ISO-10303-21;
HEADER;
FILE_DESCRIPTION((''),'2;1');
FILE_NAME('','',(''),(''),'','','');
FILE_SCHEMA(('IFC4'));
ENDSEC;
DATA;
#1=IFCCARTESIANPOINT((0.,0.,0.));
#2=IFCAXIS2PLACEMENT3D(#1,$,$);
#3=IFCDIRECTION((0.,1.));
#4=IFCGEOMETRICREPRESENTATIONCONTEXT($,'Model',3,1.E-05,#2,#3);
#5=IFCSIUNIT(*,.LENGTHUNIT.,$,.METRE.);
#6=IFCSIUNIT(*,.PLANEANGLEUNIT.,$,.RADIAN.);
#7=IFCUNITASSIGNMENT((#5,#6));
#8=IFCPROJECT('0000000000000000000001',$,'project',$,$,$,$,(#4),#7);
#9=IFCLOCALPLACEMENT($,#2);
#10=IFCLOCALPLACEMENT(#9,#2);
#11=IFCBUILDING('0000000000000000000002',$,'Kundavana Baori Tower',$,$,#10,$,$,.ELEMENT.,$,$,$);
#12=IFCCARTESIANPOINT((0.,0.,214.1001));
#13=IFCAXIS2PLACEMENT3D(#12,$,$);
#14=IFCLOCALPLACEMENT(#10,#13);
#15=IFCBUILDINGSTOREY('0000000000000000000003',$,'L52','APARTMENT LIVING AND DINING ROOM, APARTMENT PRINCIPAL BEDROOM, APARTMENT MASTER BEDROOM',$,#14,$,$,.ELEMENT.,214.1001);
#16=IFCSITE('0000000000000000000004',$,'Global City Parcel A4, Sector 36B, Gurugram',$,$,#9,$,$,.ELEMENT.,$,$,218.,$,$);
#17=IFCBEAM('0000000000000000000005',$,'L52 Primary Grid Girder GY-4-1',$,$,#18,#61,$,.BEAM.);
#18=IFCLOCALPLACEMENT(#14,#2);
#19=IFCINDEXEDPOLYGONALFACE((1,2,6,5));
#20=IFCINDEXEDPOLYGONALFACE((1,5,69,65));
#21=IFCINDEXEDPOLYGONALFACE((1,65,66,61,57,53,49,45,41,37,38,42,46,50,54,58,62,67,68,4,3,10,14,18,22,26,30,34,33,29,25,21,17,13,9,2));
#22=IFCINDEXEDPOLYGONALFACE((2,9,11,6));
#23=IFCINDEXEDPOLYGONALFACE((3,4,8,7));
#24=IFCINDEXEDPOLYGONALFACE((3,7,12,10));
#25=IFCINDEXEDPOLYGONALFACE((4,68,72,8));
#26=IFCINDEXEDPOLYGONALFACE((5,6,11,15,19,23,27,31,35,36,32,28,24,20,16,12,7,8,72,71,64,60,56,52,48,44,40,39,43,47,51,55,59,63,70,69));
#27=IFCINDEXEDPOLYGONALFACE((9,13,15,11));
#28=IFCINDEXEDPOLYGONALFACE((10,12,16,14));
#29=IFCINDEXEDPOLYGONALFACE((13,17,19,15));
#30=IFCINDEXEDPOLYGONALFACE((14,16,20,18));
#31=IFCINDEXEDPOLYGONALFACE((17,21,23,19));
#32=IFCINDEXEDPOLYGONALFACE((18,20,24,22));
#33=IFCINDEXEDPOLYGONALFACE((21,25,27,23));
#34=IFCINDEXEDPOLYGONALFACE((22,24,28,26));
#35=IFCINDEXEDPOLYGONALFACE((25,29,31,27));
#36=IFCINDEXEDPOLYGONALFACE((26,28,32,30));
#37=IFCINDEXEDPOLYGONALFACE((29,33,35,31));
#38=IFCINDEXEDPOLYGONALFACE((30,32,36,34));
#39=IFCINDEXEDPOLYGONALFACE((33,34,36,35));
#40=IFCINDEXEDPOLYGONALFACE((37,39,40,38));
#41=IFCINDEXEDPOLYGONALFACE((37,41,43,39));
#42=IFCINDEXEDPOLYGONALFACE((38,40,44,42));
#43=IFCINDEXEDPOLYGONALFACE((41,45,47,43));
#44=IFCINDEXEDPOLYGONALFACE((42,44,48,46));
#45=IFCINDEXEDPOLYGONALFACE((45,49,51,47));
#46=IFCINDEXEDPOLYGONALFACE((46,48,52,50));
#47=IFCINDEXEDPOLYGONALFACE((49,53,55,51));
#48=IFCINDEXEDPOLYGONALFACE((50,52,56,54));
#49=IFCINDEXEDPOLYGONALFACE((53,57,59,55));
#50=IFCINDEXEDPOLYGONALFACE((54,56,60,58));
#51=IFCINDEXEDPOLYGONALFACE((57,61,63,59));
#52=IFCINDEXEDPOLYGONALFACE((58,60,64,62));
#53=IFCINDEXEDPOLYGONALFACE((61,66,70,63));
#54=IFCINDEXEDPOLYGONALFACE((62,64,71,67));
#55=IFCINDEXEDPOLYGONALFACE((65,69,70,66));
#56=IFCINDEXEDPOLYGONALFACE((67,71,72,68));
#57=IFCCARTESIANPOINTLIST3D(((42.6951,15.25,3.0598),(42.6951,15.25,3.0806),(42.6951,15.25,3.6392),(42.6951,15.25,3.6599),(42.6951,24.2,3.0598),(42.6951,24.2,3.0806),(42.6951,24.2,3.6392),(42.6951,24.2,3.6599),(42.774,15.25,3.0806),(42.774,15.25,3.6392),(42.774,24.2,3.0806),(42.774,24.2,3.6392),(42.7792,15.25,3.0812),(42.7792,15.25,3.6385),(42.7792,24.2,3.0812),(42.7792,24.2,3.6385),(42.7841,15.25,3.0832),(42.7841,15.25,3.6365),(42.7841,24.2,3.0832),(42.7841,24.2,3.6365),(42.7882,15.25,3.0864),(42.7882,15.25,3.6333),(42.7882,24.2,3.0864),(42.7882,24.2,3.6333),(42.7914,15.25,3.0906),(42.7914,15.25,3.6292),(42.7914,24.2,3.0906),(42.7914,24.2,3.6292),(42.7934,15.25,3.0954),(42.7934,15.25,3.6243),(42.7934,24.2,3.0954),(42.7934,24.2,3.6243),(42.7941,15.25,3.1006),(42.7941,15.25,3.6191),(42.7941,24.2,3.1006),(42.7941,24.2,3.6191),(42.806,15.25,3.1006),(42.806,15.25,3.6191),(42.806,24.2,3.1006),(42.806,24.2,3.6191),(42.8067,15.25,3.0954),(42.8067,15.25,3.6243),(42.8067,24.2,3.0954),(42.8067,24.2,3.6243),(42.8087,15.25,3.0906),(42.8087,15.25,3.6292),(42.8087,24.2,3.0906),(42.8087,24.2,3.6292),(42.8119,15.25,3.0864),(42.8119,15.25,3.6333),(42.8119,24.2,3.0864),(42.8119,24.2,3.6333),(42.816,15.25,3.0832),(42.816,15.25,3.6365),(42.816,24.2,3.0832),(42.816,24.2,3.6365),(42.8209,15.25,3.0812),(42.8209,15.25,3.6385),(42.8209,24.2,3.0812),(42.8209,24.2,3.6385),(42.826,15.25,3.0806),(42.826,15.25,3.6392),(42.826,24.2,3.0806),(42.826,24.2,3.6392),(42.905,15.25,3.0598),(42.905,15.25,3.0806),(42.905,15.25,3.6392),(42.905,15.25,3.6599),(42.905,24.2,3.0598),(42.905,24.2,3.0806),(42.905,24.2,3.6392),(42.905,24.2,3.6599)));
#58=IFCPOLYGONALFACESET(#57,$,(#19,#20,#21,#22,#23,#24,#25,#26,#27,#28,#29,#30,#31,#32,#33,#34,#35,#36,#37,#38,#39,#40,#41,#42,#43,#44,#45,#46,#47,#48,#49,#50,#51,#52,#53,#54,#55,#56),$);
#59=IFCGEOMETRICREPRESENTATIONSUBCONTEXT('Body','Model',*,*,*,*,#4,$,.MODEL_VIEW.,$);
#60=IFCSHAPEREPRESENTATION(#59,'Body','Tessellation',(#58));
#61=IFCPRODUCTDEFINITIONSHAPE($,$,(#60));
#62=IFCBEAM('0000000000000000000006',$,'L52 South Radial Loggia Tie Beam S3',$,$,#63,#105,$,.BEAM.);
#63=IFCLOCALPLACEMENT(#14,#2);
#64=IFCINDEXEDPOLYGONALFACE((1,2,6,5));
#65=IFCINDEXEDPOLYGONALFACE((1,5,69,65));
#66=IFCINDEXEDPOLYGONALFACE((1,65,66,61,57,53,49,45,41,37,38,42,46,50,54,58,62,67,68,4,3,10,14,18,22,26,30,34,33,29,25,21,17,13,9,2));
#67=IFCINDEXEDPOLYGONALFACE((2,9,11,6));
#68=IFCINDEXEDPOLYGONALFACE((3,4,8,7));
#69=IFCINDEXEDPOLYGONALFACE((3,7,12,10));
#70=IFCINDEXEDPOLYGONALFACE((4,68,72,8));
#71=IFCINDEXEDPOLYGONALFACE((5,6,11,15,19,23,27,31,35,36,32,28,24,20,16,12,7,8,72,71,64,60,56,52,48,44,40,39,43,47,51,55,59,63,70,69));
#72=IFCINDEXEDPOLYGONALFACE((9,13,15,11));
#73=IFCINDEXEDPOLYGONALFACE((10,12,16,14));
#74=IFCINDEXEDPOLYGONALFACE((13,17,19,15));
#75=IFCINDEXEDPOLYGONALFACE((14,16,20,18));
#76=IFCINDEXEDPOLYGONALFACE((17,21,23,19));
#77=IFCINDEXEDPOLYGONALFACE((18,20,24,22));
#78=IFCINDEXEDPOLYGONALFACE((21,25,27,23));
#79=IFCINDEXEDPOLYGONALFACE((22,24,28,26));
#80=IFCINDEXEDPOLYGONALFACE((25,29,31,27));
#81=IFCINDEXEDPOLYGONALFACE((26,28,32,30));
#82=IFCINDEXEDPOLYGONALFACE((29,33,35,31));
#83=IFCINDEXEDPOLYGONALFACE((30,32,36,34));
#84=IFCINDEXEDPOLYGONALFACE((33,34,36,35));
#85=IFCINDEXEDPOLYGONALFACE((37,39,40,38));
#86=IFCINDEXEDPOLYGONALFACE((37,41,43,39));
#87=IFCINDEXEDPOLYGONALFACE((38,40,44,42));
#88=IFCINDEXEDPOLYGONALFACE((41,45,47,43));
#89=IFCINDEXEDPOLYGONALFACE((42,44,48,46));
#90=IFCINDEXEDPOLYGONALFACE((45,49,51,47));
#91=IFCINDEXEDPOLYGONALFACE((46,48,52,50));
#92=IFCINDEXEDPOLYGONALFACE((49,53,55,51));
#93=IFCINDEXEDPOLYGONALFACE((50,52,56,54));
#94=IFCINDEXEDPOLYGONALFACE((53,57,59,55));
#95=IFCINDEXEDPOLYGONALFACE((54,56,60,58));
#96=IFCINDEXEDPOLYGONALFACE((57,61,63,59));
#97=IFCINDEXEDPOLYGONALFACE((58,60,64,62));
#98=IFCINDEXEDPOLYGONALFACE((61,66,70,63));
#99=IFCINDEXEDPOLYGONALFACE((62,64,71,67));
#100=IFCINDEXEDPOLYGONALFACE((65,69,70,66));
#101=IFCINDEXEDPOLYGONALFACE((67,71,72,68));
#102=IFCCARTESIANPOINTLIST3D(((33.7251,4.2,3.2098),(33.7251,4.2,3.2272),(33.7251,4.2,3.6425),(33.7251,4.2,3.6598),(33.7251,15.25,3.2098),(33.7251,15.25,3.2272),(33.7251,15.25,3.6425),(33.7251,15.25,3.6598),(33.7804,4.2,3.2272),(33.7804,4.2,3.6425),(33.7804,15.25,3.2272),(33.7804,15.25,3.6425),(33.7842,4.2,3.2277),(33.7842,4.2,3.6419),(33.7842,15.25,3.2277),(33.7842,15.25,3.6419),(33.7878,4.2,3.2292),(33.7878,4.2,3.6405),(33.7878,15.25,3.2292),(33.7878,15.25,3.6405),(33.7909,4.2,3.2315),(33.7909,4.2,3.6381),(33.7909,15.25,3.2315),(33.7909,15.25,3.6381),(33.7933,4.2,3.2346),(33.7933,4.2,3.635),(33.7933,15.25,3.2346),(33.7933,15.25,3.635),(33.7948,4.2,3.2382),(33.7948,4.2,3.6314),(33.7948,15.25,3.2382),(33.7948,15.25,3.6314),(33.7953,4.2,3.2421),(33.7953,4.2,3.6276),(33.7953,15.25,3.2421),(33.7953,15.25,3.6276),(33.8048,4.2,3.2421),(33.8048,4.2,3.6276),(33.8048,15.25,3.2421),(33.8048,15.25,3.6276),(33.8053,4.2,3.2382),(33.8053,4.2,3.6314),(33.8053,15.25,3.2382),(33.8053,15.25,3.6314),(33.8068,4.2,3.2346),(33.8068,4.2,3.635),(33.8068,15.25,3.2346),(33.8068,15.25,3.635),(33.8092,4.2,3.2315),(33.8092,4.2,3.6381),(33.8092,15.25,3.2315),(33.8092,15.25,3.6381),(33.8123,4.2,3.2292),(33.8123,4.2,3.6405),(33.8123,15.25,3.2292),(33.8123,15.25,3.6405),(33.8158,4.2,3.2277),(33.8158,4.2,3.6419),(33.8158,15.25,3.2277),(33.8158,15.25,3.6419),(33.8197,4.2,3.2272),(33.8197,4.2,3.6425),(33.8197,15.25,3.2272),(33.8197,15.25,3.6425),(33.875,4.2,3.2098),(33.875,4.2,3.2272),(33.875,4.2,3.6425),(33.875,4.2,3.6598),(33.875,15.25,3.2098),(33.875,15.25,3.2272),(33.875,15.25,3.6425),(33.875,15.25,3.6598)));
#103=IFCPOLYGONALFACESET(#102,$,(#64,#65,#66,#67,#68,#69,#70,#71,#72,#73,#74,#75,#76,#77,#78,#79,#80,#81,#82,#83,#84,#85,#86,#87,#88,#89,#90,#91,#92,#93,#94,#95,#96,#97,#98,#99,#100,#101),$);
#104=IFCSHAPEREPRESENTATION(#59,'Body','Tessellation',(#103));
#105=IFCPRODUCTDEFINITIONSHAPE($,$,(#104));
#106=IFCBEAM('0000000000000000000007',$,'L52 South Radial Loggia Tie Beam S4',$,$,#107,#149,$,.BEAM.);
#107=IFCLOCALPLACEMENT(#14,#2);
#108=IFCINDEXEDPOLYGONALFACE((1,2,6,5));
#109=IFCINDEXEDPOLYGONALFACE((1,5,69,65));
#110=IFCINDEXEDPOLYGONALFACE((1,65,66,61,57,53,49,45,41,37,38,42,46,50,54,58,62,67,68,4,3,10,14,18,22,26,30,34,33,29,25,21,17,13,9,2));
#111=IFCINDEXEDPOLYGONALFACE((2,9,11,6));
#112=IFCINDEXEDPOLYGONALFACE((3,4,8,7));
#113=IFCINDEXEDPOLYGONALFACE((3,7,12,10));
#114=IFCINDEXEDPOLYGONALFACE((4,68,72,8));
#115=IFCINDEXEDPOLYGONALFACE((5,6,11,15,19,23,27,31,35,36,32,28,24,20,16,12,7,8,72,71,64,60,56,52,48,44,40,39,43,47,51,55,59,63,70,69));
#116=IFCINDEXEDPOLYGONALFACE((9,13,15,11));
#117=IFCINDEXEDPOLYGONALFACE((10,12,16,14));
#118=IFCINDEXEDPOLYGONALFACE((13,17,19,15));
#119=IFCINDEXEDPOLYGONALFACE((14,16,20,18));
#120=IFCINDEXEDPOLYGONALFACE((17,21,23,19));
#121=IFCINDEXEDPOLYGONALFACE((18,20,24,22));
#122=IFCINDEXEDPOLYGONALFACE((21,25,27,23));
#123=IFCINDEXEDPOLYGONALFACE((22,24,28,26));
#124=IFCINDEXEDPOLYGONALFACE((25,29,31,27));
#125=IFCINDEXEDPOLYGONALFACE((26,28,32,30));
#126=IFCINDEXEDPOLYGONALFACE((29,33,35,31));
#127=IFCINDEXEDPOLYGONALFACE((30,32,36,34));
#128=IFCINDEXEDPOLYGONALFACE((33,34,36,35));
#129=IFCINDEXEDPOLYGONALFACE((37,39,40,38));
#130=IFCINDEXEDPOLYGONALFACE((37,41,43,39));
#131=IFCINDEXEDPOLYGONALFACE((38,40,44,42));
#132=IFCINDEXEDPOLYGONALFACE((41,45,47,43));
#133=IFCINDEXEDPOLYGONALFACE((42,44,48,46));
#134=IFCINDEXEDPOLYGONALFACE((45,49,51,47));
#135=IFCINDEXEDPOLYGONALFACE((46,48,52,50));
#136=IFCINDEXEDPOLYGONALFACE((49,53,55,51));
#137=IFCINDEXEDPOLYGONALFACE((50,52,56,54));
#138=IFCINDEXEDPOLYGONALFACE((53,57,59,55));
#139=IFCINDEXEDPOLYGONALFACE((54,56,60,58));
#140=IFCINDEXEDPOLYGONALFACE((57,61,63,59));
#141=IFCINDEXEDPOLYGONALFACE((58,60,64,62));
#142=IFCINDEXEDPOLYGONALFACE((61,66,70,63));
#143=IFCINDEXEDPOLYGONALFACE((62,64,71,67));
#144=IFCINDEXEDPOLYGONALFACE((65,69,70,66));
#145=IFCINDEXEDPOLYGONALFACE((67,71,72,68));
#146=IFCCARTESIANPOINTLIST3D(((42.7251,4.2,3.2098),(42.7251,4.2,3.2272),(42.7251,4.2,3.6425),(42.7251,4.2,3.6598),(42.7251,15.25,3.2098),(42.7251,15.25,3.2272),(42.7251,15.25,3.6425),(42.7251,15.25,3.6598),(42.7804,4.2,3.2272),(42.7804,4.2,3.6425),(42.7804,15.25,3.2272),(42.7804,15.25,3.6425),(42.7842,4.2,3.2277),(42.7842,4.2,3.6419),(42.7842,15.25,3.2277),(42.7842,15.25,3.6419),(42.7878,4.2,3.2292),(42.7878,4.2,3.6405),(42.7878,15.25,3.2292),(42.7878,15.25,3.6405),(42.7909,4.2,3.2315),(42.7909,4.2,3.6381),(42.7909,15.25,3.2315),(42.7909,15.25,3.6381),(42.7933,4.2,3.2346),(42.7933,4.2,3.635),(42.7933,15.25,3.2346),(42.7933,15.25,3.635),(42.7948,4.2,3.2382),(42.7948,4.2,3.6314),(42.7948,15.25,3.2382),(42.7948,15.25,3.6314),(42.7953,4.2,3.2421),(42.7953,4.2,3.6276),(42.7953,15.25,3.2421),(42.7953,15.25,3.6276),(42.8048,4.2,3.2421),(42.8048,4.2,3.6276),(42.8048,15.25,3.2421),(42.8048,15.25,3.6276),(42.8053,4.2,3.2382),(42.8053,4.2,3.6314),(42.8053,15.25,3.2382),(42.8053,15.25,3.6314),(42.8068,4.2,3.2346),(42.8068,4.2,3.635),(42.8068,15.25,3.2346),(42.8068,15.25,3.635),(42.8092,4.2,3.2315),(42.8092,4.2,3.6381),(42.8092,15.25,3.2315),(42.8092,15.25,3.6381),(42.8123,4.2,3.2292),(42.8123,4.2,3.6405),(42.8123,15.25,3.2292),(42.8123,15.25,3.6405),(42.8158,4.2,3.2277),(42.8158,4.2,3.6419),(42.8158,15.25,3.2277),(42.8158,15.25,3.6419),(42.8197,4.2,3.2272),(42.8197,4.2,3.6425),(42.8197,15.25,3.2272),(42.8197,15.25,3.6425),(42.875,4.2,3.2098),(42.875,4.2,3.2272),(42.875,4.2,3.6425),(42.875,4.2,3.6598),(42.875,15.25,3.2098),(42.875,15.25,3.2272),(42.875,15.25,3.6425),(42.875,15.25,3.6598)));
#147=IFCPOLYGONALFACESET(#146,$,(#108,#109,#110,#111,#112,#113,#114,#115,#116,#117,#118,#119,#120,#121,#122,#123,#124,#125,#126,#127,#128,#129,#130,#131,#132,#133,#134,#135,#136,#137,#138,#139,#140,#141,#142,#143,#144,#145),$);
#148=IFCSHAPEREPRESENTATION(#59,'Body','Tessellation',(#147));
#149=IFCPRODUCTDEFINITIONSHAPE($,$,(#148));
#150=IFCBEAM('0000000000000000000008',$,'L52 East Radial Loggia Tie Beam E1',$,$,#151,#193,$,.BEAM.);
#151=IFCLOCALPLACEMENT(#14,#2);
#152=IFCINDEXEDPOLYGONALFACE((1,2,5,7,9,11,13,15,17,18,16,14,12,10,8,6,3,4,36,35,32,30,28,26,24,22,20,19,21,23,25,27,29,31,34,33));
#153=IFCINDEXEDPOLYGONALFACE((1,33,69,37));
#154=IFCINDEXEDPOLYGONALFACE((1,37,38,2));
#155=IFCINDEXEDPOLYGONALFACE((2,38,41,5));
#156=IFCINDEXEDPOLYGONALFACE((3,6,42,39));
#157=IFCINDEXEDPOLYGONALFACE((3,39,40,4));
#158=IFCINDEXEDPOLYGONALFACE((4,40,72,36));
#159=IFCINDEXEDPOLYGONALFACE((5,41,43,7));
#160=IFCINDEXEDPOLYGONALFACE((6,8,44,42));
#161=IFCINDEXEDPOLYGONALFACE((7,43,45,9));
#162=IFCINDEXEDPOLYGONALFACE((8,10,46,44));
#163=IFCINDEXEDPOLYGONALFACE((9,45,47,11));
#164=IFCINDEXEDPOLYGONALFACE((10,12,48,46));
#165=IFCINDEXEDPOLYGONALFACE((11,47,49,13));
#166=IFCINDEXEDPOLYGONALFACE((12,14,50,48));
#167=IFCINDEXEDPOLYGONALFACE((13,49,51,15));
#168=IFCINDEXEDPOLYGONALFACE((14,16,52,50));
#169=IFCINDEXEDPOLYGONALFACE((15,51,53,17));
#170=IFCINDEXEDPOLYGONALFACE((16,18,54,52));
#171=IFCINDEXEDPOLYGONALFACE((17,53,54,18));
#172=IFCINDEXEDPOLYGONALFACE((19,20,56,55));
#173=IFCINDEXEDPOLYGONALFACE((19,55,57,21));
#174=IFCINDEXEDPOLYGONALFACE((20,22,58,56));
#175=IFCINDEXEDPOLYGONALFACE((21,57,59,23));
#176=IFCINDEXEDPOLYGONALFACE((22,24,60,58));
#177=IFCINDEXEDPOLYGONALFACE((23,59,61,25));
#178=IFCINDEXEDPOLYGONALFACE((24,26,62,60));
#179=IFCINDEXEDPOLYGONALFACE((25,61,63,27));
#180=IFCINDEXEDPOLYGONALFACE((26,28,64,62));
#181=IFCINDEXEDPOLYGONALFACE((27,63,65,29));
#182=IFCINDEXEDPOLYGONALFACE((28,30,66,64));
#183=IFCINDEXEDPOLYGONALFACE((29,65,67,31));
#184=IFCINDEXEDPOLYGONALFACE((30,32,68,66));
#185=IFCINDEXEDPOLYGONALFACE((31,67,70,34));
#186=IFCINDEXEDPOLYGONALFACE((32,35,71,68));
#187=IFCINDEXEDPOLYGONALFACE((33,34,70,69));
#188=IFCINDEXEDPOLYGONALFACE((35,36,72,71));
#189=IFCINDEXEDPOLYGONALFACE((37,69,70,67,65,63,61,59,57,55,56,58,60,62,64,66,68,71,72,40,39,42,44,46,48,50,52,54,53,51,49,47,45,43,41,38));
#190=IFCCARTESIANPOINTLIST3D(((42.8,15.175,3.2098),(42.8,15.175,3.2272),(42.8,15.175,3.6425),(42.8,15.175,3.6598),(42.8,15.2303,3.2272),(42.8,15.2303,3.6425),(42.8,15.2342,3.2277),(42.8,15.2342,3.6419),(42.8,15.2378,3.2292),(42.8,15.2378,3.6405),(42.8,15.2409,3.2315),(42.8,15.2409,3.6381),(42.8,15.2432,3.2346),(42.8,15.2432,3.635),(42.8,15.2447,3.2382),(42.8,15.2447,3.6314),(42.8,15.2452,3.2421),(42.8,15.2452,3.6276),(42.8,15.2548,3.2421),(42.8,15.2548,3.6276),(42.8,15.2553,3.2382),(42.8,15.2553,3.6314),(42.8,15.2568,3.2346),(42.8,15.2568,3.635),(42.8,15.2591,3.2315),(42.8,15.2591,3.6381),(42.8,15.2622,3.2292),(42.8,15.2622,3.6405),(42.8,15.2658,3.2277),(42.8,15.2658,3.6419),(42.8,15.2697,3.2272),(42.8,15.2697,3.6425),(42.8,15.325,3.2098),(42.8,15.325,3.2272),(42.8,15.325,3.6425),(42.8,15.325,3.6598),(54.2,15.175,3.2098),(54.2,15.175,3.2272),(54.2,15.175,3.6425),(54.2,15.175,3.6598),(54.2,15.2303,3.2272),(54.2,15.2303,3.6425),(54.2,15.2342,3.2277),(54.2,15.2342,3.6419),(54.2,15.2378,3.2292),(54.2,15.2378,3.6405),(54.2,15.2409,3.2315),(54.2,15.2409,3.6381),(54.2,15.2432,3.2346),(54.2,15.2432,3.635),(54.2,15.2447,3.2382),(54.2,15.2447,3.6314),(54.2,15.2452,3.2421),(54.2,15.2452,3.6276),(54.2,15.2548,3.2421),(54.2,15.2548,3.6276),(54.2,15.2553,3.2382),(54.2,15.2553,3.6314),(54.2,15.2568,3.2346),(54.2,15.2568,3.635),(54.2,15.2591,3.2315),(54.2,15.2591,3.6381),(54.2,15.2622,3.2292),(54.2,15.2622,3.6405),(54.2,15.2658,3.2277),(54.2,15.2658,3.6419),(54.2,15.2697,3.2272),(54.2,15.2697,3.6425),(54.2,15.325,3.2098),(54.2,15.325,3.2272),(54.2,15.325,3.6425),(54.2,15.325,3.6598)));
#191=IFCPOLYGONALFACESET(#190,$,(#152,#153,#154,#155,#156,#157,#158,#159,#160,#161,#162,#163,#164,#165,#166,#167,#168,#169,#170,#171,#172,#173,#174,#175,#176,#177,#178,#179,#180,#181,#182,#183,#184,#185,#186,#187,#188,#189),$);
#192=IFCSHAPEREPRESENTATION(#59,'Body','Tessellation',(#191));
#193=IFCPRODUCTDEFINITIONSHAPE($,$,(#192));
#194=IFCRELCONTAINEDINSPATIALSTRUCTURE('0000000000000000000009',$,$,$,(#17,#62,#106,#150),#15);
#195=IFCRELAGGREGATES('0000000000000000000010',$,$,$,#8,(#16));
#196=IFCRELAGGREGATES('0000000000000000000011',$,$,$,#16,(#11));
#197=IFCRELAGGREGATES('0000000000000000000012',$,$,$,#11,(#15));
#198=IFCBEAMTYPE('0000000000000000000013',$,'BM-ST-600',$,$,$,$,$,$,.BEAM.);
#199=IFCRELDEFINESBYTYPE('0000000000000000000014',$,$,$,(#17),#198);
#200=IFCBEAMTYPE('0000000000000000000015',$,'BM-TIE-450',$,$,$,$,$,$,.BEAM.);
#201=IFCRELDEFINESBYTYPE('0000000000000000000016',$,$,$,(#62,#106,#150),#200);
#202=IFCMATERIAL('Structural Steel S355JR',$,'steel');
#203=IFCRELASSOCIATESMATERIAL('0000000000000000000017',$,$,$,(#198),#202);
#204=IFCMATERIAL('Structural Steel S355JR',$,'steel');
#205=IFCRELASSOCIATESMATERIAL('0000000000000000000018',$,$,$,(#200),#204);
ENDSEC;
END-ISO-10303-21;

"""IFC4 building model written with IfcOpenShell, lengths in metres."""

from ifc_helpers import new_model, si_unit, direction, frame, origin, origin_2d, place, context, subcontext, project, spatial, i_section, extrude, material, material_profile, profile_set, type_object, element, save


model = new_model("IFC4")

# Units and contexts
model_context = context("Model", 3, precision=1e-05, world=origin(), true_north=direction((0.0, 1.0)))
body_context = subcontext(model_context, "Body", "Model", "MODEL_VIEW")
ifc_project = project(units=[si_unit("LENGTHUNIT", "METRE"), si_unit("PLANEANGLEUNIT", "RADIAN")], contexts=[model_context])

# Site, building, storey
site_placement = place(None, origin())
site = spatial("IfcSite", under=ifc_project, at=site_placement, Name="Global City Parcel A4, Sector 36B, Gurugram", CompositionType="ELEMENT", RefElevation=218.0)
building_placement = place(site_placement, origin())
building = spatial("IfcBuilding", under=site, at=building_placement, Name="Kundavana Baori Tower", CompositionType="ELEMENT")
storey_placement = place(building_placement, frame((0.0, 0.0, 214.1001)))
storey = spatial("IfcBuildingStorey", under=building, at=storey_placement, Name="L52", Description="APARTMENT LIVING AND DINING ROOM, APARTMENT PRINCIPAL BEDROOM, APARTMENT MASTER BEDROOM", CompositionType="ELEMENT", Elevation=214.1001)

# Beams
ifc_material_1 = material(Name="Structural Steel S355JR", Category="steel")
ifc_material_profile_1 = material_profile(ifc_material_1, i_section(OverallWidth=0.21, OverallDepth=0.6001, WebThickness=0.012, FlangeThickness=0.0208, FilletRadius=0.02, at=origin_2d()), Name="ISMB 600")
ifc_profile_set_1 = profile_set([ifc_material_profile_1], Name="Structural Steel S355JR")
beam_type_1 = type_object("IfcBeamType", Name="BM-ST-600", PredefinedType="BEAM", material=ifc_profile_set_1)
for number, where, z_axis, x_axis, name in (
    (1, (42.8, 15.25, 3.3599), (0.0, 1.0, 0.0), (-1.0, 0.0, 0.0), "L52 Primary Grid Girder GY-4-1"),
):
    element("IfcBeam", number, at=place(storey_placement, frame(where, z_axis=z_axis, x_axis=x_axis)), inside=storey, type_object=beam_type_1, Name=name, PredefinedType="BEAM", context=body_context, shape_type="SweptSolid", body=[
        extrude(i_section(OverallWidth=0.21, OverallDepth=0.6001, WebThickness=0.012, FlangeThickness=0.0208, FilletRadius=0.02, at=origin_2d()), origin(), (0.0, 0.0, 1.0), 8.95),
    ])
ifc_material_2 = material(Name="Structural Steel S355JR", Category="steel")
ifc_material_profile_2 = material_profile(ifc_material_2, i_section(OverallWidth=0.1499, OverallDepth=0.45, WebThickness=0.0095, FlangeThickness=0.0173, FilletRadius=0.0149, at=origin_2d()), Name="ISMB 450")
ifc_profile_set_2 = profile_set([ifc_material_profile_2], Name="Structural Steel S355JR")
beam_type_2 = type_object("IfcBeamType", Name="BM-TIE-450", PredefinedType="BEAM", material=ifc_profile_set_2)
for number, where, z_axis, x_axis, name in (
    (2, (33.8, 15.25, 3.4348), (0.0, -1.0, 0.0), (1.0, 0.0, 0.0), "L52 South Radial Loggia Tie Beam S3"),
    (3, (42.8, 15.25, 3.4348), (0.0, -1.0, 0.0), (1.0, 0.0, 0.0), "L52 South Radial Loggia Tie Beam S4"),
):
    element("IfcBeam", number, at=place(storey_placement, frame(where, z_axis=z_axis, x_axis=x_axis)), inside=storey, type_object=beam_type_2, Name=name, PredefinedType="BEAM", context=body_context, shape_type="SweptSolid", body=[
        extrude(i_section(OverallWidth=0.1499, OverallDepth=0.45, WebThickness=0.0095, FlangeThickness=0.0173, FilletRadius=0.0149, at=origin_2d()), origin(), (0.0, 0.0, 1.0), 11.05),
    ])
beam_1_placement = place(storey_placement, frame((42.8, 15.25, 3.4348), z_axis=(1.0, 0.0, 0.0), x_axis=(0.0, 1.0, 0.0)))
element("IfcBeam", 4, at=beam_1_placement, inside=storey, type_object=beam_type_2, Name="L52 East Radial Loggia Tie Beam E1", PredefinedType="BEAM", context=body_context, shape_type="SweptSolid", body=[
    extrude(i_section(OverallWidth=0.1499, OverallDepth=0.45, WebThickness=0.0095, FlangeThickness=0.0173, FilletRadius=0.0149, at=origin_2d()), origin(), (0.0, 0.0, 1.0), 11.3999),
])

save(model, "model.ifc")
